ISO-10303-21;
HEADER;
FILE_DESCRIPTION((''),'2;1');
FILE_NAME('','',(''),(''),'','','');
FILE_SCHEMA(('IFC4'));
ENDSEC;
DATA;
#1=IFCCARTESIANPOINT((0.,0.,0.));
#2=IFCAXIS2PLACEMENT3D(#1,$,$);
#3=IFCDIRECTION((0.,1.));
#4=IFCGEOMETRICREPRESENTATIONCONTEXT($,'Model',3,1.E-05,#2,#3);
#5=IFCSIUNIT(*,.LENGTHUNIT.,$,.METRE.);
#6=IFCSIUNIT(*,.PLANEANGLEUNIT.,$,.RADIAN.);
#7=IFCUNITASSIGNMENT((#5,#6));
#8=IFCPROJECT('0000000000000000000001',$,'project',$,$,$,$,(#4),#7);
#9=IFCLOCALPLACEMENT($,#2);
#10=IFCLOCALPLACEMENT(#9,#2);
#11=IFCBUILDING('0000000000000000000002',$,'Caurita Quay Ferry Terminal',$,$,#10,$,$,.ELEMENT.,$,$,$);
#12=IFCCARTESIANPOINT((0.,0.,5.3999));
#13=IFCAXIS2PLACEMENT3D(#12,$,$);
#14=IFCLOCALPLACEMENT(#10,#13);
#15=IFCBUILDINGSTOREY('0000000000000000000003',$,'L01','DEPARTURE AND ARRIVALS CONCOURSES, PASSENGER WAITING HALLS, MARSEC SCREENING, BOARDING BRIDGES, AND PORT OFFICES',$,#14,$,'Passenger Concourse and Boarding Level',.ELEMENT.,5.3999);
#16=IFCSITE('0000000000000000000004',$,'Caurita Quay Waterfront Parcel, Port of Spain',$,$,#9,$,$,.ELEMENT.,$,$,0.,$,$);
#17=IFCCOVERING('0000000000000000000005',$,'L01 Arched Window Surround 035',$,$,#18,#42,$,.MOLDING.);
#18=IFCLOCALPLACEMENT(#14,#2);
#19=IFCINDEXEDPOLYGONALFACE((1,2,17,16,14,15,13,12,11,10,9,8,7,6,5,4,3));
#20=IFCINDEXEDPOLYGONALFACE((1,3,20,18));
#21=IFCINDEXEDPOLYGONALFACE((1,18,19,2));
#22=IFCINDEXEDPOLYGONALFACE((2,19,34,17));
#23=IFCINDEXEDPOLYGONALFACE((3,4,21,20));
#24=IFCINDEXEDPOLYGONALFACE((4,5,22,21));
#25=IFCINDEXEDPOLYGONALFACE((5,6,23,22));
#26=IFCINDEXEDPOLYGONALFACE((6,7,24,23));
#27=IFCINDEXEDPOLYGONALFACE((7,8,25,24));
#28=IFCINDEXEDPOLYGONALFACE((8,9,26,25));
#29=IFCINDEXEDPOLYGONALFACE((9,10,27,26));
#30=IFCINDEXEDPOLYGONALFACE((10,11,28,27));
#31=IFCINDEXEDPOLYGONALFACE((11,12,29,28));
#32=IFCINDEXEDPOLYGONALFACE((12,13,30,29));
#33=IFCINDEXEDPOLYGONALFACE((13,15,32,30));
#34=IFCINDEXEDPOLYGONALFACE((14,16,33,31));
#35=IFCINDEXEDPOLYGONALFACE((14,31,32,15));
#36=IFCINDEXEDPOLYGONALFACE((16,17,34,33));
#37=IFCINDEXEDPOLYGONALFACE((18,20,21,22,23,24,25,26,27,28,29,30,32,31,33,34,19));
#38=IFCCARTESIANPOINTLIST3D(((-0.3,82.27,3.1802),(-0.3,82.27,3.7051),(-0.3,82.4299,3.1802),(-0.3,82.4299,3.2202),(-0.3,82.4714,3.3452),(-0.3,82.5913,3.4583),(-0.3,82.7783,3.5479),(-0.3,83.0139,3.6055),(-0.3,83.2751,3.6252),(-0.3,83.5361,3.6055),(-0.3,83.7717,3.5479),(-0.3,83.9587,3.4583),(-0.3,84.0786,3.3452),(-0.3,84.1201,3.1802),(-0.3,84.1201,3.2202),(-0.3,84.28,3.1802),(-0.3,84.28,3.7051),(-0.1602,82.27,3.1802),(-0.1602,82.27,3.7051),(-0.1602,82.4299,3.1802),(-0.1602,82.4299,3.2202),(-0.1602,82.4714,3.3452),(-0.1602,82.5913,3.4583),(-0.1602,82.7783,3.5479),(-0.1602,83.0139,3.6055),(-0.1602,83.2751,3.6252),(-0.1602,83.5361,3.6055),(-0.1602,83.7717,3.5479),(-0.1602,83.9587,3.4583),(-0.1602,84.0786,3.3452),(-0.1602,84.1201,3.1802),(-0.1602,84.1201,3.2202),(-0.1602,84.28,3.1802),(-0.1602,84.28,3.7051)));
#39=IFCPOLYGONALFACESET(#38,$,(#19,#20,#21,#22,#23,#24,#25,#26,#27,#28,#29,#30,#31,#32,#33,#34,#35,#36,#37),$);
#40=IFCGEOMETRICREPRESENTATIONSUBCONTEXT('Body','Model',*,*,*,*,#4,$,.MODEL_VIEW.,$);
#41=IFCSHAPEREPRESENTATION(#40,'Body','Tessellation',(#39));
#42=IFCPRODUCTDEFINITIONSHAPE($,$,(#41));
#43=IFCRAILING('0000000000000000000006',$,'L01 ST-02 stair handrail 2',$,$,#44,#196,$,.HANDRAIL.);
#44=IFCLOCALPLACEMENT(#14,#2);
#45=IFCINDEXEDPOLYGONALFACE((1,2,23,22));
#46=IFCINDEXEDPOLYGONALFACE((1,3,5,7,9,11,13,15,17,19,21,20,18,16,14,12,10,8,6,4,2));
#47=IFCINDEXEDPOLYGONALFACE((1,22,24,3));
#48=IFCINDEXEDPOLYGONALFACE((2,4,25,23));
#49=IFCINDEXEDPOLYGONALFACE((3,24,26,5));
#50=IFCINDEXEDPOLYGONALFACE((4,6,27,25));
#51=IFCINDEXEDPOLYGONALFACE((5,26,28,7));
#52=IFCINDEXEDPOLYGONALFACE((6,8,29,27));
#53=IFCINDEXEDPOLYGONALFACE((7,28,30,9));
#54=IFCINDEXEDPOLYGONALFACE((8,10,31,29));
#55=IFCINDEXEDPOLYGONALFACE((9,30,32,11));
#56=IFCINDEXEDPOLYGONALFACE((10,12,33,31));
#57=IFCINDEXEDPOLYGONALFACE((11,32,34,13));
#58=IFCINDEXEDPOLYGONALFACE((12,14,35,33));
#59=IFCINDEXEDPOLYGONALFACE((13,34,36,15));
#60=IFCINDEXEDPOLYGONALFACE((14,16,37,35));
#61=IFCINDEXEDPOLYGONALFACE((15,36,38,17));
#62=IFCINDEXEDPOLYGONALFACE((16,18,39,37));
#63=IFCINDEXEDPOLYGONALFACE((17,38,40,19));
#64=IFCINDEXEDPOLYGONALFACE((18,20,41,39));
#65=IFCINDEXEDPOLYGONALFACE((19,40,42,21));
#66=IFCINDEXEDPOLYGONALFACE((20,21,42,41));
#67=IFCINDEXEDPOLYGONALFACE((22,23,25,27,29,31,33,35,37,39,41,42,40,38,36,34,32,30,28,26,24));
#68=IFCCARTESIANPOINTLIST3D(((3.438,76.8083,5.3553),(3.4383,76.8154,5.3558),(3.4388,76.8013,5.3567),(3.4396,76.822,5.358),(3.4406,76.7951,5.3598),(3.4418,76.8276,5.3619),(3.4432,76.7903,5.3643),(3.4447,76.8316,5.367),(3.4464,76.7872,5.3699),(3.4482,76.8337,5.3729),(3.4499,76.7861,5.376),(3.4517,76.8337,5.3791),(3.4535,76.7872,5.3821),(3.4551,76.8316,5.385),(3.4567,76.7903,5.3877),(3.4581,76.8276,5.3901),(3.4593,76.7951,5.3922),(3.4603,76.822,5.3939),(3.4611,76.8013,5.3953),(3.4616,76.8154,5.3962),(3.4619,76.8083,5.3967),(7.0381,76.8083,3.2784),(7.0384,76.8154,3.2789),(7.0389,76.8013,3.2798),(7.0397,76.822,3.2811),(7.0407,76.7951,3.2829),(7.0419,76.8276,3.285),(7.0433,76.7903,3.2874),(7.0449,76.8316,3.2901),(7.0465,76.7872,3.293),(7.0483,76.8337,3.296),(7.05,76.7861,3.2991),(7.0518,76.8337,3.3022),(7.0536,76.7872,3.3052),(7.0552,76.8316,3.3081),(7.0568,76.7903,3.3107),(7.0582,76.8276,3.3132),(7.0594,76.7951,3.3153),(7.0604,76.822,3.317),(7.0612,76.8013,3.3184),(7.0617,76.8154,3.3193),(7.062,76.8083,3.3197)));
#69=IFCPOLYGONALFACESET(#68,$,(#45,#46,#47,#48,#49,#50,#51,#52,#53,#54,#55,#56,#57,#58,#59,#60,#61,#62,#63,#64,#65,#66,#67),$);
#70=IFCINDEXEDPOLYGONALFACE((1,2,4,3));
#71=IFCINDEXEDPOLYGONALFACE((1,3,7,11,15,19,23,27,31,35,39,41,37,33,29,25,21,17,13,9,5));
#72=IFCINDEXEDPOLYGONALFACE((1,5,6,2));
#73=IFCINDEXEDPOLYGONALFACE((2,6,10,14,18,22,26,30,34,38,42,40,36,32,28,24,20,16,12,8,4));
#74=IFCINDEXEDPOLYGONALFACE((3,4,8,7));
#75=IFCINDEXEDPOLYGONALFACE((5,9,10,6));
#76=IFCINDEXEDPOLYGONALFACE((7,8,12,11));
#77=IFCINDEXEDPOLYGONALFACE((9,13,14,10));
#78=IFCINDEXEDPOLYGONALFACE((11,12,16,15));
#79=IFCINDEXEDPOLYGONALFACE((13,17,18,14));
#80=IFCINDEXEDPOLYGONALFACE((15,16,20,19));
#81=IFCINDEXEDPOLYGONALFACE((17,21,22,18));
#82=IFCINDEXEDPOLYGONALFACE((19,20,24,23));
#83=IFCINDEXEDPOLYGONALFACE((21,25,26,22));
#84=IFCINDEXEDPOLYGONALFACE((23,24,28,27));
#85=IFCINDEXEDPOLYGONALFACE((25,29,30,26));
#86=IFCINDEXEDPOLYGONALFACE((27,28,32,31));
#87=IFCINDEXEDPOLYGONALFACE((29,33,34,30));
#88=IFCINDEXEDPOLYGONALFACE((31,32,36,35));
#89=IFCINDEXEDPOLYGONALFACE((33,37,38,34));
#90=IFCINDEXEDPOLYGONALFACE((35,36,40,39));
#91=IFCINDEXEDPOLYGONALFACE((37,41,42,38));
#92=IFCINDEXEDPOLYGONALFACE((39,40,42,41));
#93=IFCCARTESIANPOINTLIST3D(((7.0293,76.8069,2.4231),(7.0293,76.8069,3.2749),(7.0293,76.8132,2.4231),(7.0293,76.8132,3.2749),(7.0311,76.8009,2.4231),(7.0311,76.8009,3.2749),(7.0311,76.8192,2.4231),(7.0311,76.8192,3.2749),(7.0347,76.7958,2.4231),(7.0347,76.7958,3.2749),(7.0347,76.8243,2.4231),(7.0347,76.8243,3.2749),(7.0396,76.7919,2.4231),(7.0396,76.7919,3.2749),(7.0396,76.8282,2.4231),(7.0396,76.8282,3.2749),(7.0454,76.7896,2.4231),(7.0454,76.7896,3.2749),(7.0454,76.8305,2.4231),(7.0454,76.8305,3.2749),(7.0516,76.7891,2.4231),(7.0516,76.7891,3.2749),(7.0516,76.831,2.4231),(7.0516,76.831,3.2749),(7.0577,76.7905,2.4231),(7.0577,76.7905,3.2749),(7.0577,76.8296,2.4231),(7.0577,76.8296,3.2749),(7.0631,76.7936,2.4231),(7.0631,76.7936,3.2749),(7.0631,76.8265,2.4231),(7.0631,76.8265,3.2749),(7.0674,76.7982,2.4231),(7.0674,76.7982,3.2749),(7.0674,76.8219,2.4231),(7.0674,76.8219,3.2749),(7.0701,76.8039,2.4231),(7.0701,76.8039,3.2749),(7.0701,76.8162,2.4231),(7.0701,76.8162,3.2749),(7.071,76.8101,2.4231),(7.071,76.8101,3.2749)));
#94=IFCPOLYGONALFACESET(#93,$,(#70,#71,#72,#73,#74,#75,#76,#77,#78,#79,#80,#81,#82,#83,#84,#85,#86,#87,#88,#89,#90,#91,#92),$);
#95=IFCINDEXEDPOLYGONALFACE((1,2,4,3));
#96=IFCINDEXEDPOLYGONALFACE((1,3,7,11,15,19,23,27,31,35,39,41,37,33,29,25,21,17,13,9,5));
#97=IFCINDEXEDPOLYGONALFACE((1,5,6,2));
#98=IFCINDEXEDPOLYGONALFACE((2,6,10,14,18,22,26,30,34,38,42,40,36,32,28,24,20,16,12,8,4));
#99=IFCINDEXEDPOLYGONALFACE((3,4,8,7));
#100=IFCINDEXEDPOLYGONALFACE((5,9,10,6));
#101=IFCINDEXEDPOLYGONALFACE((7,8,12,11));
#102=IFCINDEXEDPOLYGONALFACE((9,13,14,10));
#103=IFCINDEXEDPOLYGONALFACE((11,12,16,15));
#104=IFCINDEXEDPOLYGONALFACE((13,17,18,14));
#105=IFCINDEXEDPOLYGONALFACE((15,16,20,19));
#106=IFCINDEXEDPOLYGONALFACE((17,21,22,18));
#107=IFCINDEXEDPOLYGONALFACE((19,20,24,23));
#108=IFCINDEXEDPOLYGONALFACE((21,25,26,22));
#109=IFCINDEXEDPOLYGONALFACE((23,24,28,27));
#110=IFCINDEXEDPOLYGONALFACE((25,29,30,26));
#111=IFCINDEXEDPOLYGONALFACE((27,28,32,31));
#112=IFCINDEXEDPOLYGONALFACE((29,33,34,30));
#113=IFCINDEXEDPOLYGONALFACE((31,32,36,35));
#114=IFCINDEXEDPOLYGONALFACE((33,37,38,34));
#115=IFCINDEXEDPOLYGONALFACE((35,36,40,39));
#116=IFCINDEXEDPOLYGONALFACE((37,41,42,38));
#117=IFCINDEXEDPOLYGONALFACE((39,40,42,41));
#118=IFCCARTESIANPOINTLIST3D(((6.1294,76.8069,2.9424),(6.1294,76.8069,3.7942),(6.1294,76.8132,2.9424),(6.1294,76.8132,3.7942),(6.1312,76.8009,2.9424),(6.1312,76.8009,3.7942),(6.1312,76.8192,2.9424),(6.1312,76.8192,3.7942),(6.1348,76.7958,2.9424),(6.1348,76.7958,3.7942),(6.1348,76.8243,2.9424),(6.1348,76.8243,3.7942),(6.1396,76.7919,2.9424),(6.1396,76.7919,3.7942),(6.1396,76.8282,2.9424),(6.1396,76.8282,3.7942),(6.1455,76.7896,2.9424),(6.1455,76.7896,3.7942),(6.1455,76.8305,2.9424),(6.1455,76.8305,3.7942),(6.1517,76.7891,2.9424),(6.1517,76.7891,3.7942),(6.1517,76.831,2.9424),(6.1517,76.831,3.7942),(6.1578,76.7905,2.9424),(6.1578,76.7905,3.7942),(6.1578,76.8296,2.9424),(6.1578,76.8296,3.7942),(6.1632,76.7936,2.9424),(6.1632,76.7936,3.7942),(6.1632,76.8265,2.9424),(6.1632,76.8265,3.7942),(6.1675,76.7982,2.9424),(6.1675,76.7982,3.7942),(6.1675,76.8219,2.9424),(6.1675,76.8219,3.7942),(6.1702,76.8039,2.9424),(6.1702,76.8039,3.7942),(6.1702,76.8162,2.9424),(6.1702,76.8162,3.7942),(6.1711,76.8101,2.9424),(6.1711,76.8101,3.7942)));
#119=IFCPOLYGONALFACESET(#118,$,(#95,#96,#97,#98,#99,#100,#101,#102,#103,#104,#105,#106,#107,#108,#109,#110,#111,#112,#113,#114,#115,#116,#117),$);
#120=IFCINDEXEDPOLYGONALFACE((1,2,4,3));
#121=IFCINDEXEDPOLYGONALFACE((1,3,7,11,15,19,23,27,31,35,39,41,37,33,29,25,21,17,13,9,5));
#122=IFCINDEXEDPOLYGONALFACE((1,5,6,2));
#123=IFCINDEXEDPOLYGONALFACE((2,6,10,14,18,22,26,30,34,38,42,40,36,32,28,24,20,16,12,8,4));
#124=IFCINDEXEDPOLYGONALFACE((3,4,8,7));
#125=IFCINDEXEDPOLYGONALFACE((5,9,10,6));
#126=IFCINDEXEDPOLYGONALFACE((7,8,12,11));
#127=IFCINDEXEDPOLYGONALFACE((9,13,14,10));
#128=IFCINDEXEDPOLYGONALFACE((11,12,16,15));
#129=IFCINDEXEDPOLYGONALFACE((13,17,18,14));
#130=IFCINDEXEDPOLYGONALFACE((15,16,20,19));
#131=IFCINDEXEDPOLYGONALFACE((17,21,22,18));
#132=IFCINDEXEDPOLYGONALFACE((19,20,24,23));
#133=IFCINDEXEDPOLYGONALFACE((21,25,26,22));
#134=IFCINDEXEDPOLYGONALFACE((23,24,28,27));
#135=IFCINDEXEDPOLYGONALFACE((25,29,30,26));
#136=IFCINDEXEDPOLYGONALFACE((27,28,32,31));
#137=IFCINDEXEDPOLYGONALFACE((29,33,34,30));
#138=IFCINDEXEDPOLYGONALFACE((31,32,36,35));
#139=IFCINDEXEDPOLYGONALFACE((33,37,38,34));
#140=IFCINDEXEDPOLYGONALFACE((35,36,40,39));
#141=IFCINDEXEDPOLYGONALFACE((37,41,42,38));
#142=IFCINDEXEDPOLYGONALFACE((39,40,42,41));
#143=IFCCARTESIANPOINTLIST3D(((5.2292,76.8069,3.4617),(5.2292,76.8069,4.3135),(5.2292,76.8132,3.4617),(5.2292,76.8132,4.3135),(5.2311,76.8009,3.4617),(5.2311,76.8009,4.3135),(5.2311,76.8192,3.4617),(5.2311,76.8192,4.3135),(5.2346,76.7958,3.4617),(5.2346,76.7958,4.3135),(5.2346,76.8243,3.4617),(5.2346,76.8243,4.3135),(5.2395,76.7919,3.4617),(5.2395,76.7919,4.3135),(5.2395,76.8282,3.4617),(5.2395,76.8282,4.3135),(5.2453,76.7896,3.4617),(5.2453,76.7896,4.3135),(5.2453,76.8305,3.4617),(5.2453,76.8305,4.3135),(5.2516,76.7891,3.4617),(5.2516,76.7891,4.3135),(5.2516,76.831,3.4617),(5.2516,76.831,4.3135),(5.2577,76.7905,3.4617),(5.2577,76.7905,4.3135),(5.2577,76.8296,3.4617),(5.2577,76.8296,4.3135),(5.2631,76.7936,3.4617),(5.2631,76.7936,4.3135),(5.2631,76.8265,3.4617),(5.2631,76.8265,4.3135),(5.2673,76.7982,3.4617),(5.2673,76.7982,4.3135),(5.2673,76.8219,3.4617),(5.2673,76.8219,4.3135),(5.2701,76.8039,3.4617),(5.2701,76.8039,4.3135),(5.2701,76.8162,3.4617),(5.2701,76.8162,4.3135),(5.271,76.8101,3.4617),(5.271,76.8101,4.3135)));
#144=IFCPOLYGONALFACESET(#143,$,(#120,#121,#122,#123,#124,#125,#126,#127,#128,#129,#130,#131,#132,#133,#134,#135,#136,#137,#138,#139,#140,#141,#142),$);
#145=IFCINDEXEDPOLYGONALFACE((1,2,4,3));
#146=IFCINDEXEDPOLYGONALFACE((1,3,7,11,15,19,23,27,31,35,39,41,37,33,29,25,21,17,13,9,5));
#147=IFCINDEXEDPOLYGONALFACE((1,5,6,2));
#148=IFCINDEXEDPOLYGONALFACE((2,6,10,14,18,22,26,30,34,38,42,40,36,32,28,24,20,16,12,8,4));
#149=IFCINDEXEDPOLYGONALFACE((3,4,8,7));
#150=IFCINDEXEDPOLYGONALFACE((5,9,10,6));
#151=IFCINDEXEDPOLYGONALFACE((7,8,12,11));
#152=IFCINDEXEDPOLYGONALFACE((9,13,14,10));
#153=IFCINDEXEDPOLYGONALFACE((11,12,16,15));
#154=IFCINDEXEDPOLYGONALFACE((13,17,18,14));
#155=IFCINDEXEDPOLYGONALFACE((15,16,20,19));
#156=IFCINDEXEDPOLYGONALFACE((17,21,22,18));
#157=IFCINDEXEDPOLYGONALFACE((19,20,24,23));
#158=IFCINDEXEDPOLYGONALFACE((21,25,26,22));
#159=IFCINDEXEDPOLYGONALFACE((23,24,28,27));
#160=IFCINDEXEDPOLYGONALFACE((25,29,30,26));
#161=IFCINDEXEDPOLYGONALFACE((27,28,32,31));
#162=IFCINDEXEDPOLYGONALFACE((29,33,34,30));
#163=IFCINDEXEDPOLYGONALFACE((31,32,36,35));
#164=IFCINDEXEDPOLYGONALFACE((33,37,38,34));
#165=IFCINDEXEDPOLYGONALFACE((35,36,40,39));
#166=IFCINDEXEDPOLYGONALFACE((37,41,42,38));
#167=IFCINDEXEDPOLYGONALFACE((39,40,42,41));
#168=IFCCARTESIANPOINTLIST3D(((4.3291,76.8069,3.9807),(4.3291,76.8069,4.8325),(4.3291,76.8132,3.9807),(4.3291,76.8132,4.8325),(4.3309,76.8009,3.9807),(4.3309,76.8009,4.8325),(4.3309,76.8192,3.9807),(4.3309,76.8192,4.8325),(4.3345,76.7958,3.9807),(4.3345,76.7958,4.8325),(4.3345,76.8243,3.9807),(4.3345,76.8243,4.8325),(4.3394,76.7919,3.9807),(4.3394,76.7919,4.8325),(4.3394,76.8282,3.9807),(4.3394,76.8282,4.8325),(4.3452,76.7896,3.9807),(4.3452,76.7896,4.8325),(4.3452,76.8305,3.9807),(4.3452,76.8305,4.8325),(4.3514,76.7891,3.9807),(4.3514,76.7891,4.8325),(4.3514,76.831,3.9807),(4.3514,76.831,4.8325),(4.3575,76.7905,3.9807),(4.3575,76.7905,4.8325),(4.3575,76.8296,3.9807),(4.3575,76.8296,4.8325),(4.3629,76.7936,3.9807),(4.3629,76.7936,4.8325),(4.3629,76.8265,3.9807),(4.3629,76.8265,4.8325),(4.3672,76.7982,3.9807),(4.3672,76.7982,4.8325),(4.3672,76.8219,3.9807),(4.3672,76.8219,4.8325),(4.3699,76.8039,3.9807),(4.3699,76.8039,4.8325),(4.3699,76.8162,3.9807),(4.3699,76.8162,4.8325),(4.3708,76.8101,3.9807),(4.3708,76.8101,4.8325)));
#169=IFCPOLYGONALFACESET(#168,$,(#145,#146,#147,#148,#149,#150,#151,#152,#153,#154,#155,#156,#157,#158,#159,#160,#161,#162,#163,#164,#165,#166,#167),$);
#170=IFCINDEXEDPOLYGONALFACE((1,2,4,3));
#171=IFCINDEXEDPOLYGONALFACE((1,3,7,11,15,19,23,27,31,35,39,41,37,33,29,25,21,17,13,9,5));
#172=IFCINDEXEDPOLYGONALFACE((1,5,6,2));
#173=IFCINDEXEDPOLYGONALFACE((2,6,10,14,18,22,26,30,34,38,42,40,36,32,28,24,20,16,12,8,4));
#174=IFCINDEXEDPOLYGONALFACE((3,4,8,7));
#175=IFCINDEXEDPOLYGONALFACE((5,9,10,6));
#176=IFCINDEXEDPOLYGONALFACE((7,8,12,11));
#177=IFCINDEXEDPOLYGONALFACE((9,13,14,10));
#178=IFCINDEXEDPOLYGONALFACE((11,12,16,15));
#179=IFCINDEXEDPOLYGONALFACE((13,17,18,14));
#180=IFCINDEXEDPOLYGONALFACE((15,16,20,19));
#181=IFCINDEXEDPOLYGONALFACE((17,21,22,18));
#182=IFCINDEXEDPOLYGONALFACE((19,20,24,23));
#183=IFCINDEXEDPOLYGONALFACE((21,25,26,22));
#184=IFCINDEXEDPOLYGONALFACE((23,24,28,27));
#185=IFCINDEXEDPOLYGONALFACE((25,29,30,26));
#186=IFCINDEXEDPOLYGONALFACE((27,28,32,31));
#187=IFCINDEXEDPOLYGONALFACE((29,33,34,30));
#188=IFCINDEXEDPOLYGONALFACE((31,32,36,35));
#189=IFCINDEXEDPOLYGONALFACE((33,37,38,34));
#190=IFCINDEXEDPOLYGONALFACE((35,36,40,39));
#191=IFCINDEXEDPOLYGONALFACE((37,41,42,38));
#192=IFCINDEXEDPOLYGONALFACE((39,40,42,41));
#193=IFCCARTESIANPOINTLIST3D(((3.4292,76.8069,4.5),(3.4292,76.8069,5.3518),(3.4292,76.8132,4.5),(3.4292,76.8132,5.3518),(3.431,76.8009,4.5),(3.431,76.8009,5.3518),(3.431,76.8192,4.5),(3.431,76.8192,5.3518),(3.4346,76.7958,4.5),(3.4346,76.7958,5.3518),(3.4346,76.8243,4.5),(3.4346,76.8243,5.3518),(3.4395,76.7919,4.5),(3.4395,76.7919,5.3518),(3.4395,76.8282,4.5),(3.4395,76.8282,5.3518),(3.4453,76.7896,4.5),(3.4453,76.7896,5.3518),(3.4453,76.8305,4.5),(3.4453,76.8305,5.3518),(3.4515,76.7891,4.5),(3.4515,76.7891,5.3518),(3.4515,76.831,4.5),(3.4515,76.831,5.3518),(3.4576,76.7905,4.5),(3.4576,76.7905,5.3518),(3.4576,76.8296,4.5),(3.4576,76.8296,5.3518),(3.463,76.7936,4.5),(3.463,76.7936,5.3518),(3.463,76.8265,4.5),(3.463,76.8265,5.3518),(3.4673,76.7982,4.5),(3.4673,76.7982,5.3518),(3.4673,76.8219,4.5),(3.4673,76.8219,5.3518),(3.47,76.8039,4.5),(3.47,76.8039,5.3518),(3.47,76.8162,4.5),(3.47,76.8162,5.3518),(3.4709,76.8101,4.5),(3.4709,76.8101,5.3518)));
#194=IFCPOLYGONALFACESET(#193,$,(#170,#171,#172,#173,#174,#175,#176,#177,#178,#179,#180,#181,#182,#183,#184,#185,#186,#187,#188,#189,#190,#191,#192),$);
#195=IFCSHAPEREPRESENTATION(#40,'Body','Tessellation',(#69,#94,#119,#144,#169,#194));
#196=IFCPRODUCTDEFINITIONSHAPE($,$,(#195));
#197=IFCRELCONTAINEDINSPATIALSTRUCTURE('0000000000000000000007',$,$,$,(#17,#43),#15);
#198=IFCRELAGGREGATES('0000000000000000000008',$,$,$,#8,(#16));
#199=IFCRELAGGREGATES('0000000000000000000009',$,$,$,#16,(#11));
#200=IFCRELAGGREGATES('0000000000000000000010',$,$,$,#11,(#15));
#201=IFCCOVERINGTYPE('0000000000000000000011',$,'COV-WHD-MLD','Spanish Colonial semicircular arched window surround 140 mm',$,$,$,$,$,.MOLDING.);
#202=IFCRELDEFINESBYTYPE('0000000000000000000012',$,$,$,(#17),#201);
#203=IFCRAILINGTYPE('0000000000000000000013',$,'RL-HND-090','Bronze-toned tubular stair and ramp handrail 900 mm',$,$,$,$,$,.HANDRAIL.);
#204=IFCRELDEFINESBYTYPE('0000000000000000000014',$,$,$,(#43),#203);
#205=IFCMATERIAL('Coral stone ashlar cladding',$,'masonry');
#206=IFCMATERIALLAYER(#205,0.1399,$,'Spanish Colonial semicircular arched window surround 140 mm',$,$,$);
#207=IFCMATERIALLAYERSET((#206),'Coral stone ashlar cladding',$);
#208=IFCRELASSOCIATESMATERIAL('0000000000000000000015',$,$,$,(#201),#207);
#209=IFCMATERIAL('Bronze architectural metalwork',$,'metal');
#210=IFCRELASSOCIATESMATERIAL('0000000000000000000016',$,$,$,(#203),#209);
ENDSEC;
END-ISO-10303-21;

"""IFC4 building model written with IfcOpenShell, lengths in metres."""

from ifc_helpers import new_model, si_unit, direction, frame, origin, origin_2d, place, context, subcontext, project, spatial, polyline, circle, outline, extrude, material, layer, layer_set, type_object, element, save


model = new_model("IFC4")

# Units and contexts
model_context = context("Model", 3, precision=1e-05, world=origin(), true_north=direction((0.0, 1.0)))
body_context = subcontext(model_context, "Body", "Model", "MODEL_VIEW")
ifc_project = project(units=[si_unit("LENGTHUNIT", "METRE"), si_unit("PLANEANGLEUNIT", "RADIAN")], contexts=[model_context])

# Site, building, storey
site_placement = place(None, origin())
site = spatial("IfcSite", under=ifc_project, at=site_placement, Name="Caurita Quay Waterfront Parcel, Port of Spain", CompositionType="ELEMENT", RefElevation=0.0)
building_placement = place(site_placement, origin())
building = spatial("IfcBuilding", under=site, at=building_placement, Name="Caurita Quay Ferry Terminal", CompositionType="ELEMENT")
storey_placement = place(building_placement, frame((0.0, 0.0, 5.3999)))
storey = spatial("IfcBuildingStorey", under=building, at=storey_placement, Name="L01", Description="DEPARTURE AND ARRIVALS CONCOURSES, PASSENGER WAITING HALLS, MARSEC SCREENING, BOARDING BRIDGES, AND PORT OFFICES", LongName="Passenger Concourse and Boarding Level", CompositionType="ELEMENT", Elevation=5.3999)

# Covering
ifc_material_1 = material(Name="Coral stone ashlar cladding", Category="masonry")
ifc_layer_1 = layer(ifc_material_1, 0.1399, Name="Spanish Colonial semicircular arched window surround 140 mm")
ifc_layer_set_1 = layer_set([ifc_layer_1], Name="Coral stone ashlar cladding")
covering_type_1 = type_object("IfcCoveringType", Name="COV-WHD-MLD", Description="Spanish Colonial semicircular arched window surround 140 mm", PredefinedType="MOLDING", material=ifc_layer_set_1)
covering_1_placement = place(storey_placement, frame((-0.23, 84.28, 3.1802), z_axis=(0.0, 0.0, 1.0), x_axis=(0.0, -1.0, 0.0)))
element("IfcCovering", 1, at=covering_1_placement, inside=storey, type_object=covering_type_1, Name="L01 Arched Window Surround 035", PredefinedType="MOLDING", context=body_context, shape_type="SweptSolid", body=[
    extrude(outline(polyline([(0.0, 0.0), (0.1599, 0.0), (0.1599, 0.04), (0.2014, 0.165), (0.3213, 0.2781), (0.5083, 0.3677), (0.7439, 0.4253), (1.0049, 0.4451), (1.2661, 0.4253), (1.5017, 0.3677), (1.6887, 0.2781), (1.8086, 0.165), (1.8501, 0.04), (1.8501, 0.0), (2.01, 0.0), (2.01, 0.5249), (0.0, 0.5249), (0.0, 0.0)])), frame((0.0, 0.0698, 0.0), z_axis=(0.0, -1.0, 0.0), x_axis=(1.0, 0.0, 0.0)), (0.0, 0.0, 1.0), 0.1399),
])

# Railing
ifc_material_2 = material(Name="Bronze architectural metalwork", Category="metal")
railing_type_1 = type_object("IfcRailingType", Name="RL-HND-090", Description="Bronze-toned tubular stair and ramp handrail 900 mm", PredefinedType="HANDRAIL", material=ifc_material_2)
railing_1_placement = place(storey_placement, frame((7.05, 76.8101, 2.4231)))
element("IfcRailing", 2, at=railing_1_placement, inside=storey, type_object=railing_type_1, Name="L01 ST-02 stair handrail 2", PredefinedType="HANDRAIL", context=body_context, shape_type="SweptSolid", body=[
    extrude(circle(Radius=0.0239, at=origin_2d()), frame((0.0, 0.0, 0.876), z_axis=(-0.866193, 0.0, 0.499709), x_axis=(0.0, -1.0, 0.0)), (0.0, 0.0, 1.0), 4.1562),
    extrude(circle(Radius=0.021, at=origin_2d()), origin(), (0.0, 0.0, 1.0), 0.8518),
    extrude(circle(Radius=0.021, at=origin_2d()), frame((-0.8999, 0.0, 0.5193)), (0.0, 0.0, 1.0), 0.8518),
    extrude(circle(Radius=0.021, at=origin_2d()), frame((-1.8, 0.0, 1.0386)), (0.0, 0.0, 1.0), 0.8518),
    extrude(circle(Radius=0.021, at=origin_2d()), frame((-2.7002, 0.0, 1.5576)), (0.0, 0.0, 1.0), 0.8518),
    extrude(circle(Radius=0.021, at=origin_2d()), frame((-3.6001, 0.0, 2.0769)), (0.0, 0.0, 1.0), 0.8518),
])

save(model, "model.ifc")
